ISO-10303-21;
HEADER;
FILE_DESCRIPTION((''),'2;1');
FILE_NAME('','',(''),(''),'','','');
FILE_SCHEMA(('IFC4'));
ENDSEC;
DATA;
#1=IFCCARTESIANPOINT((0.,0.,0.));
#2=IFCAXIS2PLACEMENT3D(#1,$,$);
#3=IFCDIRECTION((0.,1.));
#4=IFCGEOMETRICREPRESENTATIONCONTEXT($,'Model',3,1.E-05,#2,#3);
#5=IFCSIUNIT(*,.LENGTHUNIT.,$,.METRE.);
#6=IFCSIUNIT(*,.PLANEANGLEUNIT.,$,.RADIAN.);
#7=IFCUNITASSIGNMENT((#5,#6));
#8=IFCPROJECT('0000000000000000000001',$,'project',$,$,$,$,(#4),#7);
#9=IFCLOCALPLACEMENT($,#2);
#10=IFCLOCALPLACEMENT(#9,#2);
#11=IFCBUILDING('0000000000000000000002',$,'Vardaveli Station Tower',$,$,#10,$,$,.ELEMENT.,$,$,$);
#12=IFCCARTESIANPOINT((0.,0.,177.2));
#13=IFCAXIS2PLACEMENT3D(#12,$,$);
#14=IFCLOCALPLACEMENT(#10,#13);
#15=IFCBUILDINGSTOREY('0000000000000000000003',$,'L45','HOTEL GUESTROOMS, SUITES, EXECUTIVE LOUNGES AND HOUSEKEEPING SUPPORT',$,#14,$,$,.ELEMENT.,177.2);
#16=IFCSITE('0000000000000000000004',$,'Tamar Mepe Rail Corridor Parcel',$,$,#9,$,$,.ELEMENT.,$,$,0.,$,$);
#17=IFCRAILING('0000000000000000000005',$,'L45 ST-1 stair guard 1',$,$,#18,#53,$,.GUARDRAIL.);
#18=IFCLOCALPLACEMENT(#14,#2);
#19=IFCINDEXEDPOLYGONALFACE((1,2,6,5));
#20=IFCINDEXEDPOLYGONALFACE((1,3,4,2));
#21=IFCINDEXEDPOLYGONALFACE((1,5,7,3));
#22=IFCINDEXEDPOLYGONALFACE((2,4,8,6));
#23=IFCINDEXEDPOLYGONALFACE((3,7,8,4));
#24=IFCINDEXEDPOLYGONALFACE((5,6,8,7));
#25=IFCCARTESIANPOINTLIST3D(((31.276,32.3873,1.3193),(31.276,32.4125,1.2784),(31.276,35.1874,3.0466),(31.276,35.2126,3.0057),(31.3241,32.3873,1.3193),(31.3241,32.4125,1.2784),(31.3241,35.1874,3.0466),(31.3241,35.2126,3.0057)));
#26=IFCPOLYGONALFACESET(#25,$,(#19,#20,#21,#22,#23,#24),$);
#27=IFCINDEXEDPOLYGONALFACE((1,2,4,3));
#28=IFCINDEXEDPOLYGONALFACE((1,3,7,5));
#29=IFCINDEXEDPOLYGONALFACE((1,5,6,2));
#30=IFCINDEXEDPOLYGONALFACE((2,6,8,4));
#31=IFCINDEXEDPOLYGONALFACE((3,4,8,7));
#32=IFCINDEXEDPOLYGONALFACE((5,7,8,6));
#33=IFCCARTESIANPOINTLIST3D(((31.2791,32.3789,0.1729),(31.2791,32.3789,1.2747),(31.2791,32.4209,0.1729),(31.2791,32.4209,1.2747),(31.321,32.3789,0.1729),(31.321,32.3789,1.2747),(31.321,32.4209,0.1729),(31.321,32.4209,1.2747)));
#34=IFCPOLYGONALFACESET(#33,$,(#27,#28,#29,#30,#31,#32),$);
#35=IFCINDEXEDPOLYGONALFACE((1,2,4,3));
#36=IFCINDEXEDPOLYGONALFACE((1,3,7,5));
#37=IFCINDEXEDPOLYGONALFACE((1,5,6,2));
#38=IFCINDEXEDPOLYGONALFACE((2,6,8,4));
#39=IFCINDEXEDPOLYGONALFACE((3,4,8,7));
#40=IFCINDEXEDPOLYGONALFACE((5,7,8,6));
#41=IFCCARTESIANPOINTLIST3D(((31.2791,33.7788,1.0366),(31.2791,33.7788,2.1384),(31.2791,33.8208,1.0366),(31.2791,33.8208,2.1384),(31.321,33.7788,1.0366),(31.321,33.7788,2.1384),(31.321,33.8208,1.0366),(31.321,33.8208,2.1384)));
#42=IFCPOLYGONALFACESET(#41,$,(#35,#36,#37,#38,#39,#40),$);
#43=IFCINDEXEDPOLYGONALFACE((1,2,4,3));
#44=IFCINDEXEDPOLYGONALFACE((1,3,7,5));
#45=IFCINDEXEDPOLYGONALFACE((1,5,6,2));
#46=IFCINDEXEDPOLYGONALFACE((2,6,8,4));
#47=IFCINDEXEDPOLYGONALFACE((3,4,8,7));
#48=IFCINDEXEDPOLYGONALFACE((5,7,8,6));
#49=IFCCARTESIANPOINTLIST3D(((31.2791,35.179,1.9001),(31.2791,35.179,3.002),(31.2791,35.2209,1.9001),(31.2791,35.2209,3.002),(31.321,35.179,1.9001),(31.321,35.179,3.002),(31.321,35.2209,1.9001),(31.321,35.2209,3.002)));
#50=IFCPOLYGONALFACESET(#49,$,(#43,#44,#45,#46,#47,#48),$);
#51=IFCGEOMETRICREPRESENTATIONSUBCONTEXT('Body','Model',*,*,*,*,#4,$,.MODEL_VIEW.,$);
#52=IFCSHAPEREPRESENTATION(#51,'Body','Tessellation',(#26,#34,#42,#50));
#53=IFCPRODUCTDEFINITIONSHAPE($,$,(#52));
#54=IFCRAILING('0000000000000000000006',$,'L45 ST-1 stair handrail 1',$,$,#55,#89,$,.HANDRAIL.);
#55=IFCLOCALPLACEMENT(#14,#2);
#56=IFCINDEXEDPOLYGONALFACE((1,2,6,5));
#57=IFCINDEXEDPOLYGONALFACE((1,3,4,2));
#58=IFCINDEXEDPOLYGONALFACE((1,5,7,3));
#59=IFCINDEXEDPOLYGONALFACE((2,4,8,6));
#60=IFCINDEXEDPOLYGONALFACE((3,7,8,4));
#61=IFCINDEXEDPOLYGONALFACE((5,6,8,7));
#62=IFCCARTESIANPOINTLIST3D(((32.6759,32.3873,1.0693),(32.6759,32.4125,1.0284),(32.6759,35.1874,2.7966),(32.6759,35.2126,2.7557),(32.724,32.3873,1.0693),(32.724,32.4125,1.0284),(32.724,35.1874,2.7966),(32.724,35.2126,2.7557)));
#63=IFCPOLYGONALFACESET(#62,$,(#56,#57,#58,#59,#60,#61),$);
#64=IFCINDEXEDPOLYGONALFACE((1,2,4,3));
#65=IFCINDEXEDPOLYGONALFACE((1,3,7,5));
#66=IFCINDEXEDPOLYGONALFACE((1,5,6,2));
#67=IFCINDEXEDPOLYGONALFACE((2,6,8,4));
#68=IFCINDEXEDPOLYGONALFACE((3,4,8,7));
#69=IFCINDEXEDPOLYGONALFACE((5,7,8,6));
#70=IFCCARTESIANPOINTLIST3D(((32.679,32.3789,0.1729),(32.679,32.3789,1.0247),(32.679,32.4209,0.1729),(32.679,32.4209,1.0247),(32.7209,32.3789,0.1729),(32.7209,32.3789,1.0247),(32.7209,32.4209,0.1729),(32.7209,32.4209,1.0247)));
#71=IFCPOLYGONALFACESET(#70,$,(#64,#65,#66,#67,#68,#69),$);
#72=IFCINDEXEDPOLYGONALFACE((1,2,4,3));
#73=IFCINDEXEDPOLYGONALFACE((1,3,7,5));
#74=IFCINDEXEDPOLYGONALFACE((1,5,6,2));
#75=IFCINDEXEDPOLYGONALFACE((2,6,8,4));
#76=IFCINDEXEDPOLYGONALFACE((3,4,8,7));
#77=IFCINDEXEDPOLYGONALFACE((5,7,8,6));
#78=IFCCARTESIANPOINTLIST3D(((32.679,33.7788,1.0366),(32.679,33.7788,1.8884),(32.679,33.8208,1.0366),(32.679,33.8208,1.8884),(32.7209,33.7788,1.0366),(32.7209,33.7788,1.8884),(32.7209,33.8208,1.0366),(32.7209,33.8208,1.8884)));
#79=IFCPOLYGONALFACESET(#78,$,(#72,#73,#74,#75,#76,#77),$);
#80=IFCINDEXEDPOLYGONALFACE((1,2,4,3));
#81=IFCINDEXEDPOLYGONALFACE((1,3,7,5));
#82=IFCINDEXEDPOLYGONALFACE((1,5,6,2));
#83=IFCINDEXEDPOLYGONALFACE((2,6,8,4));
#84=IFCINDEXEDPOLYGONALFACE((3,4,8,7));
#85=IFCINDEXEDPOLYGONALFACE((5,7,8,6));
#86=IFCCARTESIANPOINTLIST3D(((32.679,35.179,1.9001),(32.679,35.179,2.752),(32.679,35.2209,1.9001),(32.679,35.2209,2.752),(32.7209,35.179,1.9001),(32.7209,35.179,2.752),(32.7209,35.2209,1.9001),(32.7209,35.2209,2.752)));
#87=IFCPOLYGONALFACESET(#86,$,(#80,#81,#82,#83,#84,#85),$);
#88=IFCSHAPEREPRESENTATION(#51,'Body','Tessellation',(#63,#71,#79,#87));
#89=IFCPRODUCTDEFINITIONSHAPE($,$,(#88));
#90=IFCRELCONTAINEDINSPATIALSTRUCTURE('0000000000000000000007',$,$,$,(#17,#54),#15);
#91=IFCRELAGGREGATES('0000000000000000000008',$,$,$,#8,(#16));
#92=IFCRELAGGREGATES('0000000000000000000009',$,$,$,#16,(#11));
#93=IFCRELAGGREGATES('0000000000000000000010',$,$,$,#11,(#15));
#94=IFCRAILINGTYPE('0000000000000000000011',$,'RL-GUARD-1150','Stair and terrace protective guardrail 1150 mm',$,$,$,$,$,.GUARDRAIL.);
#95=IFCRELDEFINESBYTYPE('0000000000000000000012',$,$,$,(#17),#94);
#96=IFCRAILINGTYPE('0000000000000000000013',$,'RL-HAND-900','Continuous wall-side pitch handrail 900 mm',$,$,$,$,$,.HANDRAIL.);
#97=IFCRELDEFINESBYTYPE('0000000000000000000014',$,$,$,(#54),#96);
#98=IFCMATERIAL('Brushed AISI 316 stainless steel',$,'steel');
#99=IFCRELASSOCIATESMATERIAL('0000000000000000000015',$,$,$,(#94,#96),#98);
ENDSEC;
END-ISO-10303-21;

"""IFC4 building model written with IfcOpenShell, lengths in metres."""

from ifc_helpers import new_model, si_unit, direction, frame, origin, origin_2d, place, context, subcontext, project, spatial, rectangle, extrude, source, transform, mapped, material, type_object, element, save


model = new_model("IFC4")

# Units and contexts
model_context = context("Model", 3, precision=1e-05, world=origin(), true_north=direction((0.0, 1.0)))
body_context = subcontext(model_context, "Body", "Model", "MODEL_VIEW")
ifc_project = project(units=[si_unit("LENGTHUNIT", "METRE"), si_unit("PLANEANGLEUNIT", "RADIAN")], contexts=[model_context])

# Site, building, storey
site_placement = place(None, origin())
site = spatial("IfcSite", under=ifc_project, at=site_placement, Name="Tamar Mepe Rail Corridor Parcel", CompositionType="ELEMENT", RefElevation=0.0)
building_placement = place(site_placement, origin())
building = spatial("IfcBuilding", under=site, at=building_placement, Name="Vardaveli Station Tower", CompositionType="ELEMENT")
storey_placement = place(building_placement, frame((0.0, 0.0, 177.2)))
storey = spatial("IfcBuildingStorey", under=building, at=storey_placement, Name="L45", Description="HOTEL GUESTROOMS, SUITES, EXECUTIVE LOUNGES AND HOUSEKEEPING SUPPORT", CompositionType="ELEMENT", Elevation=177.2)

# Railings
ifc_material_1 = material(Name="Brushed AISI 316 stainless steel", Category="steel")
railing_type_1 = type_object("IfcRailingType", Name="RL-GUARD-1150", Description="Stair and terrace protective guardrail 1150 mm", PredefinedType="GUARDRAIL", material=ifc_material_1)
shared_shape_1 = source(origin(), body_context, "Body", "SweptSolid", [
    extrude(rectangle(XDim=0.0481, YDim=0.0481, at=origin_2d()), frame((0.0, 0.0, 1.126), z_axis=(0.0, 0.85109, 0.52502), x_axis=(-1.0, 0.0, 0.0)), (0.0, 0.0, 1.0), 3.29),
    extrude(rectangle(XDim=0.042, YDim=0.042, at=origin_2d()), origin(), (0.0, 0.0, 1.0), 1.1018),
    extrude(rectangle(XDim=0.042, YDim=0.042, at=origin_2d()), frame((0.0, 1.3999, 0.8638)), (0.0, 0.0, 1.0), 1.1018),
    extrude(rectangle(XDim=0.042, YDim=0.042, at=origin_2d()), frame((0.0, 2.8, 1.7273)), (0.0, 0.0, 1.0), 1.1018),
])
railing_1_placement = place(storey_placement, frame((31.3, 32.3999, 0.1729)))
element("IfcRailing", 1, at=railing_1_placement, inside=storey, type_object=railing_type_1, Name="L45 ST-1 stair guard 1", PredefinedType="GUARDRAIL", context=body_context, shape_type="MappedRepresentation", body=[
    mapped(shared_shape_1, transform((0.0, 0.0, 0.0), scale=1.0)),
])
railing_type_2 = type_object("IfcRailingType", Name="RL-HAND-900", Description="Continuous wall-side pitch handrail 900 mm", PredefinedType="HANDRAIL", material=ifc_material_1)
shared_shape_2 = source(origin(), body_context, "Body", "SweptSolid", [
    extrude(rectangle(XDim=0.0481, YDim=0.0481, at=origin_2d()), frame((0.0, 0.0, 0.876), z_axis=(0.0, 0.85109, 0.52502), x_axis=(-1.0, 0.0, 0.0)), (0.0, 0.0, 1.0), 3.29),
    extrude(rectangle(XDim=0.042, YDim=0.042, at=origin_2d()), origin(), (0.0, 0.0, 1.0), 0.8518),
    extrude(rectangle(XDim=0.042, YDim=0.042, at=origin_2d()), frame((0.0, 1.3999, 0.8638)), (0.0, 0.0, 1.0), 0.8518),
    extrude(rectangle(XDim=0.042, YDim=0.042, at=origin_2d()), frame((0.0, 2.8, 1.7273)), (0.0, 0.0, 1.0), 0.8518),
])
railing_2_placement = place(storey_placement, frame((32.7, 32.3999, 0.1729)))
element("IfcRailing", 2, at=railing_2_placement, inside=storey, type_object=railing_type_2, Name="L45 ST-1 stair handrail 1", PredefinedType="HANDRAIL", context=body_context, shape_type="MappedRepresentation", body=[
    mapped(shared_shape_2, transform((0.0, 0.0, 0.0), scale=1.0)),
])

save(model, "model.ifc")
